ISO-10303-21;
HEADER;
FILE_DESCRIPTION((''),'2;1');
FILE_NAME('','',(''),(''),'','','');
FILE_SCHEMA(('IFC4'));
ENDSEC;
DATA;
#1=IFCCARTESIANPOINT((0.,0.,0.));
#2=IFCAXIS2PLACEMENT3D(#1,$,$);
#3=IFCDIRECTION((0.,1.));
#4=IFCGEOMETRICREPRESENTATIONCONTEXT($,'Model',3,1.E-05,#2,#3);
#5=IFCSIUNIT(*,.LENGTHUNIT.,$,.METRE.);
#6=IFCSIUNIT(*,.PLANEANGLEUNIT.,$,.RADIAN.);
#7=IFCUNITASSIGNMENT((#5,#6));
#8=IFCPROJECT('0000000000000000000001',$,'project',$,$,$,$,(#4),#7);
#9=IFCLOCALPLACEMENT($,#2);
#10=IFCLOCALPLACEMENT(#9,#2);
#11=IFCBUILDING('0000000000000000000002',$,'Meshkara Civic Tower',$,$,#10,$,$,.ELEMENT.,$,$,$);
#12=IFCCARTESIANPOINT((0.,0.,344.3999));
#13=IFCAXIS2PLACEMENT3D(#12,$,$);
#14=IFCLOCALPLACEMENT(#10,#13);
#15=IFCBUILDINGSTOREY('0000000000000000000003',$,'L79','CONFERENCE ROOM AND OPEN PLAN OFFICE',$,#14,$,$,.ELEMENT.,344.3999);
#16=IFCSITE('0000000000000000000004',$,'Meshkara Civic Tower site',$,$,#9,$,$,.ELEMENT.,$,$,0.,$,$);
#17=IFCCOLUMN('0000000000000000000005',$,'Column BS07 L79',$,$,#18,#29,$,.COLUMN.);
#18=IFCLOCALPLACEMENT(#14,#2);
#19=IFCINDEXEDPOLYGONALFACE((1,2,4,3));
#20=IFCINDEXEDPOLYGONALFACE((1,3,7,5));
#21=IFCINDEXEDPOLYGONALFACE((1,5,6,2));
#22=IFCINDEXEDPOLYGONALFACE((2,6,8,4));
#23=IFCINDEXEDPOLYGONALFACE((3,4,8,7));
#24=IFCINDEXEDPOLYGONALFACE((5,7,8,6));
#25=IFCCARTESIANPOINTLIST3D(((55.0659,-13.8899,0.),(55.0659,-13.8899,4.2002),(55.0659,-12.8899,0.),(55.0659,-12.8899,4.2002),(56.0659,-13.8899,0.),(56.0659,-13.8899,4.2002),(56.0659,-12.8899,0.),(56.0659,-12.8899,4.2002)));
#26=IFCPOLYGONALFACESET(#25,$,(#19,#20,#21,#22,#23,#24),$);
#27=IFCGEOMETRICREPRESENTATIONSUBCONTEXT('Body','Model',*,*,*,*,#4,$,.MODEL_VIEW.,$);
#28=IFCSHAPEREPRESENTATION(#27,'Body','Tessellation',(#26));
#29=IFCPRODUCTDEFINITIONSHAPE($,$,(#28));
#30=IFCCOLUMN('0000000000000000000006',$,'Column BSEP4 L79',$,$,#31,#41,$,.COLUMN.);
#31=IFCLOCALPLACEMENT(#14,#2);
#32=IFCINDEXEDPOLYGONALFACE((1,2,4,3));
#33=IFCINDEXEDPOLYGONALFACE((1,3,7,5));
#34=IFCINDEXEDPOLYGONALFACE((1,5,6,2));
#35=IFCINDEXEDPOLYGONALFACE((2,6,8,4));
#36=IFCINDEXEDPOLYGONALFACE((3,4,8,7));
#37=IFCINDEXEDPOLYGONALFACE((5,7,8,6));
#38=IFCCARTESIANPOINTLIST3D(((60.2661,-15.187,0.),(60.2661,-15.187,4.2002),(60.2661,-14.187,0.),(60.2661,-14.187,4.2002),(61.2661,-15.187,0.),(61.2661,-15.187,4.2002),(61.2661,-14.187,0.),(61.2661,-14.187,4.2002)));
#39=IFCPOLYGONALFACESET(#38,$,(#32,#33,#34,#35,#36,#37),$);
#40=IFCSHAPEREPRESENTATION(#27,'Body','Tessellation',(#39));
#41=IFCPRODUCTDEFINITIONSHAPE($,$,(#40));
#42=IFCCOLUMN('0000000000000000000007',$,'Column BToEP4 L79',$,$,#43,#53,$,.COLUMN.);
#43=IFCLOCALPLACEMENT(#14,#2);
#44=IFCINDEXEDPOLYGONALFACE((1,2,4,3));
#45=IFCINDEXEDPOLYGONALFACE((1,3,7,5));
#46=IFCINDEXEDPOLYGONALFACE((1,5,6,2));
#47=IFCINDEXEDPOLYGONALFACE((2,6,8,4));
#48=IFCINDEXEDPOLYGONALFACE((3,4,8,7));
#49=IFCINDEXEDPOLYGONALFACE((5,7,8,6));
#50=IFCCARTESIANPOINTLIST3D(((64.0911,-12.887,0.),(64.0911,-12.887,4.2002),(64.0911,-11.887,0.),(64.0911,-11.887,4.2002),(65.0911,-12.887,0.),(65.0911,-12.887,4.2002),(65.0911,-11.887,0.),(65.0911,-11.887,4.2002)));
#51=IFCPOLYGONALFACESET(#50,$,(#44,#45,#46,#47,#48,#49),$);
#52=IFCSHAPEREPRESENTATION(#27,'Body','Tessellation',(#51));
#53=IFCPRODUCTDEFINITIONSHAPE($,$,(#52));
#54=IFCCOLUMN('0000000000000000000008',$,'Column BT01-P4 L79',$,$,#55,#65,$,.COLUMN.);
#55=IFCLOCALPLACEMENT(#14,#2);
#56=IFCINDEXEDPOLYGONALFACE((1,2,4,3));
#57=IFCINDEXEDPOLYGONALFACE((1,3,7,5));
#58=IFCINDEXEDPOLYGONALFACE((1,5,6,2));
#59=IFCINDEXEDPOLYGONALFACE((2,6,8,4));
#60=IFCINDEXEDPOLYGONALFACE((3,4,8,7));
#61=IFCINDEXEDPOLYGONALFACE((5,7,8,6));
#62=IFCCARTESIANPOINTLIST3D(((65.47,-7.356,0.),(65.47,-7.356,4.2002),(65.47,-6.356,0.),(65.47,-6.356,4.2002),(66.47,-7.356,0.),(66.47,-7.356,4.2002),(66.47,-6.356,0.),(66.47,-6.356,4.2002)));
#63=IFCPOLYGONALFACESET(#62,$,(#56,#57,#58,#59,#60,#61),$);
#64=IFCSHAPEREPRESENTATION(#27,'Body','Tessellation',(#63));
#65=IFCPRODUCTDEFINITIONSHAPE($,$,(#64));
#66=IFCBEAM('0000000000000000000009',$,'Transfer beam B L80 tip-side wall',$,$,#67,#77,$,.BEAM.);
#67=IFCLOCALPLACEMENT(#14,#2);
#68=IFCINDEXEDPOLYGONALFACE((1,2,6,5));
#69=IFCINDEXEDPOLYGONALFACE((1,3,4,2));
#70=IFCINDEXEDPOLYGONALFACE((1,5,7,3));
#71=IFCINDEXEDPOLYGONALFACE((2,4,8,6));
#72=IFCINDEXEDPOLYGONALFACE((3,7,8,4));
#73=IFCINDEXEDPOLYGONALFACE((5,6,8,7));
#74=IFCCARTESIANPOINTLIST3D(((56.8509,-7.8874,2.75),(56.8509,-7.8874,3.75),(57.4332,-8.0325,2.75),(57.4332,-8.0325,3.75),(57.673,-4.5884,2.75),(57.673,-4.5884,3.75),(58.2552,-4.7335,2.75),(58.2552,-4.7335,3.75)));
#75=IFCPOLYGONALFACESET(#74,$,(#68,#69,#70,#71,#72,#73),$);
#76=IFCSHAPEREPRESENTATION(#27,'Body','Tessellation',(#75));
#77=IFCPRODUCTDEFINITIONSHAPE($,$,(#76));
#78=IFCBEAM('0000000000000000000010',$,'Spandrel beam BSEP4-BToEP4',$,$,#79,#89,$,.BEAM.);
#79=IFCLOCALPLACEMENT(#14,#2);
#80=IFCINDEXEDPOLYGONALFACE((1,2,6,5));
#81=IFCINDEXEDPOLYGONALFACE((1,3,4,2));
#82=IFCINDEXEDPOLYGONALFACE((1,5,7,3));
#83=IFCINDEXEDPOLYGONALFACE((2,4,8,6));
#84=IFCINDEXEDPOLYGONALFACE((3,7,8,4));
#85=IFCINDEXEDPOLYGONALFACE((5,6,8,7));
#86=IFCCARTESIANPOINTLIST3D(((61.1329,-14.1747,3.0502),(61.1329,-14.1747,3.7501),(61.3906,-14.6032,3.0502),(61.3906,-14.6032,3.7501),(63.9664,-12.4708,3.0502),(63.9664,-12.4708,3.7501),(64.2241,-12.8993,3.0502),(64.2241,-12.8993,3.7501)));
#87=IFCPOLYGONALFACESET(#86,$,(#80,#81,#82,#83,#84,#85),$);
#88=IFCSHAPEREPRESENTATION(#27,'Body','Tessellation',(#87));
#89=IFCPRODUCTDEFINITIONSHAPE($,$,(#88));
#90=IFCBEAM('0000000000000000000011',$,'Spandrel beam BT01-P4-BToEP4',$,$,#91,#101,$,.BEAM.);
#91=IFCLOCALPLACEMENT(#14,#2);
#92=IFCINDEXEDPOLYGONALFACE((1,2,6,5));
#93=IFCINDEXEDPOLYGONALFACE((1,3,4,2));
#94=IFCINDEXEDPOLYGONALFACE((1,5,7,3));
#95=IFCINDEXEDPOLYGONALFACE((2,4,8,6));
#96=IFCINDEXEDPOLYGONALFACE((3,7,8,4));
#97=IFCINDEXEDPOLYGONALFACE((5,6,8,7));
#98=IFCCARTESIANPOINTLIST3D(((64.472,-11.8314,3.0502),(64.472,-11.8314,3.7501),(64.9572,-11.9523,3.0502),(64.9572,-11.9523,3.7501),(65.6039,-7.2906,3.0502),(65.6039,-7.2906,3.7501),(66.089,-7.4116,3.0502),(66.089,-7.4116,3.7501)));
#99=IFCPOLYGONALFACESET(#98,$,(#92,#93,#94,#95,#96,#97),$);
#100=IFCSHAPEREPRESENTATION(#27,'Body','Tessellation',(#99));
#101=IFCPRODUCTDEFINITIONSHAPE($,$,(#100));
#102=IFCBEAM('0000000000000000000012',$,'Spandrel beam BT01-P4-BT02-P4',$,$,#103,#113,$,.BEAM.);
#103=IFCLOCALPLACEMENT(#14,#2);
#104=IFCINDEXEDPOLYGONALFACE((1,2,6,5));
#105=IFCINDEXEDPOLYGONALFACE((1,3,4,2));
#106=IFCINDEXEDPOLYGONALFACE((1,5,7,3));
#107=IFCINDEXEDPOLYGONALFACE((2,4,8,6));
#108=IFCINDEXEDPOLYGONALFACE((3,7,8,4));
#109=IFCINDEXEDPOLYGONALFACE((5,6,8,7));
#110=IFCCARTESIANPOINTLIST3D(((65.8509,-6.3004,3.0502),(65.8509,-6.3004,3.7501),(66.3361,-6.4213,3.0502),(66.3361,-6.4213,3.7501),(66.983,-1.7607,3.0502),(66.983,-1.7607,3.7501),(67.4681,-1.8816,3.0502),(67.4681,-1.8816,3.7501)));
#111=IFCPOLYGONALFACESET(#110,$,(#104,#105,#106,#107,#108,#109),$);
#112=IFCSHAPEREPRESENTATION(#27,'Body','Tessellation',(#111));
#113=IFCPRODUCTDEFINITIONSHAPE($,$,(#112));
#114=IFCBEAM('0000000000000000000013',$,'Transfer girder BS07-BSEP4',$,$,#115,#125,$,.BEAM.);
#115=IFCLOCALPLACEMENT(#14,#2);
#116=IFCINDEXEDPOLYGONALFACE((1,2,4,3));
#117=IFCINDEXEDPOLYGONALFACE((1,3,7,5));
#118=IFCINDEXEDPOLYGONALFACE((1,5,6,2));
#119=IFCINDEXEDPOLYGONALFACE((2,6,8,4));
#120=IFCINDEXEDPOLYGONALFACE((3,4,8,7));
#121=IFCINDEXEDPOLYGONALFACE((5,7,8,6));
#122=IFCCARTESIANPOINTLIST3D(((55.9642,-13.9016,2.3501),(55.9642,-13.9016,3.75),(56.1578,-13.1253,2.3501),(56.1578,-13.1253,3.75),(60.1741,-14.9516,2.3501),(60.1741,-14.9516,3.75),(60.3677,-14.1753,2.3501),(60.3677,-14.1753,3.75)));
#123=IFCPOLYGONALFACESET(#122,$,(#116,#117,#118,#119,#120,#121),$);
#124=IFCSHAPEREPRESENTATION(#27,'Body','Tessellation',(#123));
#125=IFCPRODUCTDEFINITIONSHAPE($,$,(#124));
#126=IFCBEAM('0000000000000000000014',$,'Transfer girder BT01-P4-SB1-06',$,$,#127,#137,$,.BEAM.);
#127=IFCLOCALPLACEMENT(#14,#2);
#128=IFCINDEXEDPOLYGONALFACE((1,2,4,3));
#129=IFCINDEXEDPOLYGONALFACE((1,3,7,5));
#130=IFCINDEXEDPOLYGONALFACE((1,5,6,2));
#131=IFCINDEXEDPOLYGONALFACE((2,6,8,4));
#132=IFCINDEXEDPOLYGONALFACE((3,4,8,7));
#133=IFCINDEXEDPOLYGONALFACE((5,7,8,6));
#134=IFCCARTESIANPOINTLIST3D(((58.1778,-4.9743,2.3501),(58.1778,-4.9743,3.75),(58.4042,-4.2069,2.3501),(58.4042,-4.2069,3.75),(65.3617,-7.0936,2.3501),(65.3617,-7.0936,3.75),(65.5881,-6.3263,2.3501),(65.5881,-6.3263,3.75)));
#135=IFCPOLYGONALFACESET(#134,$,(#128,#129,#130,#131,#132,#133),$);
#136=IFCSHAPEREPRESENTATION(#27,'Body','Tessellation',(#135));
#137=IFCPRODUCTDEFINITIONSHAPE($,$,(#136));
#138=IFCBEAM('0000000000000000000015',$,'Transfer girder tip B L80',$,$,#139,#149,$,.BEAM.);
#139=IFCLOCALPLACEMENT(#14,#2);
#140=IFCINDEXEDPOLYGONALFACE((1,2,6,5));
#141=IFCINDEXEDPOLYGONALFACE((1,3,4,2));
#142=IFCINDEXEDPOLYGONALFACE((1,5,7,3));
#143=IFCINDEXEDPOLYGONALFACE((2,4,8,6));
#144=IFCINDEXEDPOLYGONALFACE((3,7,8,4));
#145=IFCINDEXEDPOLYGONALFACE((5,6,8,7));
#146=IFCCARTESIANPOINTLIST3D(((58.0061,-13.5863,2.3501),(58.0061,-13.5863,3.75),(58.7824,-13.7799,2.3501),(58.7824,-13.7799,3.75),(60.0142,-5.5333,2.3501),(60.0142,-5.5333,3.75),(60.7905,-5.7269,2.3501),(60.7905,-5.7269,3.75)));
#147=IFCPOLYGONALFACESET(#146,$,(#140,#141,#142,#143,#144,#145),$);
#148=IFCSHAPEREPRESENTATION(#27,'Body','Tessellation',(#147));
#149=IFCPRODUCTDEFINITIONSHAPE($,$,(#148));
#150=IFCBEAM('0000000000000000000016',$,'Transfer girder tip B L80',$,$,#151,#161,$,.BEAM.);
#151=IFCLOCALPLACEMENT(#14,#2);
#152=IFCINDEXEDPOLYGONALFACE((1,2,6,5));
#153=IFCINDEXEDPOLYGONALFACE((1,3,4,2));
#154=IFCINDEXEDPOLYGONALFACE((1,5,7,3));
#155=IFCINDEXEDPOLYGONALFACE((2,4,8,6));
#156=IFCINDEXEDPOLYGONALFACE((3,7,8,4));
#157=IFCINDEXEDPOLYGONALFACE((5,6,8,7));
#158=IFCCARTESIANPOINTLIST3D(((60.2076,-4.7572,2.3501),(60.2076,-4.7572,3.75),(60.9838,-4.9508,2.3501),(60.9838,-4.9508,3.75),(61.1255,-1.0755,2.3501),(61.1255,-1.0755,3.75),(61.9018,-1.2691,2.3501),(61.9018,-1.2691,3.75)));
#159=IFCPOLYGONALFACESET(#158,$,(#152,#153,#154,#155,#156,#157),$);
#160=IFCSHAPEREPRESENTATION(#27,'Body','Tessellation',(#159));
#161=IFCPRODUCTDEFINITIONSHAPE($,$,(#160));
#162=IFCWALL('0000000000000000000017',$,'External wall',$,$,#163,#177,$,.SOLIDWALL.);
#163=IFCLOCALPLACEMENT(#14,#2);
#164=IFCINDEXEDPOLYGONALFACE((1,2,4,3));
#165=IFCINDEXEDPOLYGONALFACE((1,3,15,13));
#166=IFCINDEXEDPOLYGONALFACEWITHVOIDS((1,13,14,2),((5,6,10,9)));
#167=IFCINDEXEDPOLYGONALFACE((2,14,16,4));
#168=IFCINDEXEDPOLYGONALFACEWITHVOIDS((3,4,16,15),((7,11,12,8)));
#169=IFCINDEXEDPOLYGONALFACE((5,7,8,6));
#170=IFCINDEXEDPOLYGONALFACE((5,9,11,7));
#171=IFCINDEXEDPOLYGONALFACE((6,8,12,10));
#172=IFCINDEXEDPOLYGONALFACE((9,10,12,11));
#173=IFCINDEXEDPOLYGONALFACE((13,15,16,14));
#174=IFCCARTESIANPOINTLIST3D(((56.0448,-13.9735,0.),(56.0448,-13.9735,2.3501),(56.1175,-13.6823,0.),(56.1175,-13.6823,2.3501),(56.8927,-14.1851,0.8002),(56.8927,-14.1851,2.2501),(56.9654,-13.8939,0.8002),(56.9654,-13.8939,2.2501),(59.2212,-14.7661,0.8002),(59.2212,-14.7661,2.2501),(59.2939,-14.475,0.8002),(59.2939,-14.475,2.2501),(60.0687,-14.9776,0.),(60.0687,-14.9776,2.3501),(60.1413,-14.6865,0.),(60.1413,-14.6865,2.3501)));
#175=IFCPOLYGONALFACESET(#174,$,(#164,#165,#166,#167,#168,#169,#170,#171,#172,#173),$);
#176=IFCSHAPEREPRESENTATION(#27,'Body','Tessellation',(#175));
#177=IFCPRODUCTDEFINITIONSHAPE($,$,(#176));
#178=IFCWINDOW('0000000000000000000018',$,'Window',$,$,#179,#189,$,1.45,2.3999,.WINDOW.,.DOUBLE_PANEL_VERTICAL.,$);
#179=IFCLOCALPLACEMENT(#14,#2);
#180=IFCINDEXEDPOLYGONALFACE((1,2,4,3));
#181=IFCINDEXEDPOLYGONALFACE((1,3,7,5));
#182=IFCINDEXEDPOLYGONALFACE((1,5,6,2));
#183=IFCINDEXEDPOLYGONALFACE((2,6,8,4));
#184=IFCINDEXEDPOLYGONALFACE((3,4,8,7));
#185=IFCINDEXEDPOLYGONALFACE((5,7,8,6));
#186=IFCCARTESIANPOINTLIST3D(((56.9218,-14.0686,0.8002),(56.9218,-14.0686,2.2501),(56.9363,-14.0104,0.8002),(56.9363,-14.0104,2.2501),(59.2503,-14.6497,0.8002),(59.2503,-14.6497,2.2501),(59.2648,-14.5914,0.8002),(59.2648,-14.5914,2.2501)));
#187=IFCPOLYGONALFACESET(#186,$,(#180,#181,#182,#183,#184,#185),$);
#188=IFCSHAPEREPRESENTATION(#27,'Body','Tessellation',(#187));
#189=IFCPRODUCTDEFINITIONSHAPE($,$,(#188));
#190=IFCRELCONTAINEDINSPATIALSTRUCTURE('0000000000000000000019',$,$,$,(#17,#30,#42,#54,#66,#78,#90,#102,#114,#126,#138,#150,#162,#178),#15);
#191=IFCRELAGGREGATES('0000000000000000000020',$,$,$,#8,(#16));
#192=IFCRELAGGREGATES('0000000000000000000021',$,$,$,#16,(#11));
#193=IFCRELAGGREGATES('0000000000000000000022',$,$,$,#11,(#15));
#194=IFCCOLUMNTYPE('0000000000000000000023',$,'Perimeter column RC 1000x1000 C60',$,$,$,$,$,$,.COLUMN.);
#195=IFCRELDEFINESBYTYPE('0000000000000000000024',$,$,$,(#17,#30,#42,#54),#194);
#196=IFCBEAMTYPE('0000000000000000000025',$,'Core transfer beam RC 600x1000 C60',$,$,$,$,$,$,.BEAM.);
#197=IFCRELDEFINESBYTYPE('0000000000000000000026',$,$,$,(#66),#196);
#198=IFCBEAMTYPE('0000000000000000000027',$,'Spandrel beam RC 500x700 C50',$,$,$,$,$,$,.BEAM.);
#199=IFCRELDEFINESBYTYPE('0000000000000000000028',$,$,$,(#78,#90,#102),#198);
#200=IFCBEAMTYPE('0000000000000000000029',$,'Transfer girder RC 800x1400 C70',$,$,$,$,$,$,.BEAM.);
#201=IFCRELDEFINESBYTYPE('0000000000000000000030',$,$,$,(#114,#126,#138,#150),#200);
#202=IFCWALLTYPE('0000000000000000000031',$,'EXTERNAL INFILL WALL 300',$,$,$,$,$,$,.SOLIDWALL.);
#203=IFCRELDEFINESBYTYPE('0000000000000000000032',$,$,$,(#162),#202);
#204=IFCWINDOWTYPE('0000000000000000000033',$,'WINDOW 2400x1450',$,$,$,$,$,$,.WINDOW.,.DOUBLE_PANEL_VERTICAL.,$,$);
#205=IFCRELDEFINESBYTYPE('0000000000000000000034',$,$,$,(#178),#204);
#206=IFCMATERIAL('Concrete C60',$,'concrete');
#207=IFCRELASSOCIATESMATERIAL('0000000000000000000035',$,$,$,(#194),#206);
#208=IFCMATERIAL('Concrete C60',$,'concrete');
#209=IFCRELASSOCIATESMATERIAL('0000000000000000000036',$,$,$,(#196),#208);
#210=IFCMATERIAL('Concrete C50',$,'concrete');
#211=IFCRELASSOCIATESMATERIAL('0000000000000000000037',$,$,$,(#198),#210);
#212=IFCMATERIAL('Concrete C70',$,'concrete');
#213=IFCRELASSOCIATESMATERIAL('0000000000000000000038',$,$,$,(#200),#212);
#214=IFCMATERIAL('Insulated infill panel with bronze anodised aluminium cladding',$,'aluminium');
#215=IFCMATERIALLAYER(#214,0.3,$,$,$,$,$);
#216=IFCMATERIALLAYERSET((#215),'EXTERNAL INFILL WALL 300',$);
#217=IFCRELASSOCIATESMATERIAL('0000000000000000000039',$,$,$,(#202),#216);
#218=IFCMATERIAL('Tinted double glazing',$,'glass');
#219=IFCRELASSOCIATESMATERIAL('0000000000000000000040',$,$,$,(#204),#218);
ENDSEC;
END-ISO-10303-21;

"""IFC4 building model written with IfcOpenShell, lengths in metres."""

from ifc_helpers import new_model, si_unit, direction, frame, frame_2d, origin, origin_2d, place, context, subcontext, project, spatial, rectangle, extrude, material, layer, layer_set, material_profile, profile_set, type_object, element, fill, save


model = new_model("IFC4")

# Units and contexts
model_context = context("Model", 3, precision=1e-05, world=origin(), true_north=direction((0.0, 1.0)))
body_context = subcontext(model_context, "Body", "Model", "MODEL_VIEW")
ifc_project = project(units=[si_unit("LENGTHUNIT", "METRE"), si_unit("PLANEANGLEUNIT", "RADIAN")], contexts=[model_context])

# Site, building, storey
site_placement = place(None, origin())
site = spatial("IfcSite", under=ifc_project, at=site_placement, Name="Meshkara Civic Tower site", CompositionType="ELEMENT", RefElevation=0.0)
building_placement = place(site_placement, origin())
building = spatial("IfcBuilding", under=site, at=building_placement, Name="Meshkara Civic Tower", CompositionType="ELEMENT")
storey_placement = place(building_placement, frame((0.0, 0.0, 344.3999)))
storey = spatial("IfcBuildingStorey", under=building, at=storey_placement, Name="L79", Description="CONFERENCE ROOM AND OPEN PLAN OFFICE", CompositionType="ELEMENT", Elevation=344.3999)

# Columns
ifc_material_1 = material(Name="Concrete C60", Category="concrete")
ifc_material_profile_1 = material_profile(ifc_material_1, rectangle(XDim=1.0, YDim=1.0, at=origin_2d()))
ifc_profile_set_1 = profile_set([ifc_material_profile_1], Name="Concrete C60")
column_type = type_object("IfcColumnType", Name="Perimeter column RC 1000x1000 C60", PredefinedType="COLUMN", material=ifc_profile_set_1)
for number, where, z_axis, x_axis, name in (
    (1, (55.5659, -13.3899, 0.0), (0.0, 0.0, 1.0), (1.0, 0.0, 0.0), "Column BS07 L79"),
    (2, (60.7661, -14.687, 0.0), (0.0, 0.0, 1.0), (1.0, 0.0, 0.0), "Column BSEP4 L79"),
    (3, (64.5911, -12.387, 0.0), (0.0, 0.0, 1.0), (1.0, 0.0, 0.0), "Column BToEP4 L79"),
    (4, (65.97, -6.856, 0.0), (0.0, 0.0, 1.0), (1.0, 0.0, 0.0), "Column BT01-P4 L79"),
):
    element("IfcColumn", number, at=place(storey_placement, frame(where, z_axis=z_axis, x_axis=x_axis)), inside=storey, type_object=column_type, Name=name, PredefinedType="COLUMN", context=body_context, shape_type="SweptSolid", body=[
        extrude(rectangle(XDim=1.0, YDim=1.0, at=origin_2d()), origin(), (0.0, 0.0, 1.0), 4.2002),
    ])

# Beams
ifc_material_2 = material(Name="Concrete C60", Category="concrete")
ifc_material_profile_2 = material_profile(ifc_material_2, rectangle(XDim=0.6001, YDim=1.0, at=origin_2d()))
ifc_profile_set_2 = profile_set([ifc_material_profile_2], Name="Concrete C60")
beam_type_1 = type_object("IfcBeamType", Name="Core transfer beam RC 600x1000 C60", PredefinedType="BEAM", material=ifc_profile_set_2)
beam_1_placement = place(storey_placement, frame((57.1421, -7.96, 3.25), z_axis=(0.241775, 0.970332, 0.0), x_axis=(-0.970332, 0.241775, 0.0)))
element("IfcBeam", 5, at=beam_1_placement, inside=storey, type_object=beam_type_1, Name="Transfer beam B L80 tip-side wall", PredefinedType="BEAM", context=body_context, shape_type="SweptSolid", body=[
    extrude(rectangle(XDim=0.6001, YDim=1.0, at=origin_2d()), origin(), (0.0, 0.0, 1.0), 3.3999),
])
ifc_material_3 = material(Name="Concrete C50", Category="concrete")
ifc_material_profile_3 = material_profile(ifc_material_3, rectangle(XDim=0.5, YDim=0.7, at=origin_2d()))
ifc_profile_set_3 = profile_set([ifc_material_profile_3], Name="Concrete C50")
beam_type_2 = type_object("IfcBeamType", Name="Spandrel beam RC 500x700 C50", PredefinedType="BEAM", material=ifc_profile_set_3)
beam_2_placement = place(storey_placement, frame((61.2617, -14.3889, 3.4001), z_axis=(0.856991, 0.515332, 0.0), x_axis=(-0.515332, 0.856991, 0.0)))
element("IfcBeam", 6, at=beam_2_placement, inside=storey, type_object=beam_type_2, Name="Spandrel beam BSEP4-BToEP4", PredefinedType="BEAM", context=body_context, shape_type="SweptSolid", body=[
    extrude(rectangle(XDim=0.5, YDim=0.7, at=origin_2d()), origin(), (0.0, 0.0, 1.0), 3.3064),
])
beam_3_placement = place(storey_placement, frame((64.7146, -11.8918, 3.4001), z_axis=(0.24186, 0.970311, 0.0), x_axis=(-0.970311, 0.24186, 0.0)))
element("IfcBeam", 7, at=beam_3_placement, inside=storey, type_object=beam_type_2, Name="Spandrel beam BT01-P4-BToEP4", PredefinedType="BEAM", context=body_context, shape_type="SweptSolid", body=[
    extrude(rectangle(XDim=0.5, YDim=0.7, at=origin_2d()), origin(), (0.0, 0.0, 1.0), 4.6797),
])
beam_4_placement = place(storey_placement, frame((66.0935, -6.3608, 3.4001), z_axis=(0.241959, 0.970287, 0.0), x_axis=(-0.970287, 0.241959, 0.0)))
element("IfcBeam", 8, at=beam_4_placement, inside=storey, type_object=beam_type_2, Name="Spandrel beam BT01-P4-BT02-P4", PredefinedType="BEAM", context=body_context, shape_type="SweptSolid", body=[
    extrude(rectangle(XDim=0.5, YDim=0.7, at=origin_2d()), origin(), (0.0, 0.0, 1.0), 4.6787),
])
ifc_material_4 = material(Name="Concrete C70", Category="concrete")
ifc_material_profile_4 = material_profile(ifc_material_4, rectangle(XDim=0.8, YDim=1.3999, at=origin_2d()))
ifc_profile_set_4 = profile_set([ifc_material_profile_4], Name="Concrete C70")
beam_type_3 = type_object("IfcBeamType", Name="Transfer girder RC 800x1400 C70", PredefinedType="BEAM", material=ifc_profile_set_4)
beam_5_placement = place(storey_placement, frame((56.061, -13.5134, 3.05), z_axis=(0.970275, -0.242006, 0.0), x_axis=(0.242006, 0.970275, 0.0)))
element("IfcBeam", 9, at=beam_5_placement, inside=storey, type_object=beam_type_3, Name="Transfer girder BS07-BSEP4", PredefinedType="BEAM", context=body_context, shape_type="SweptSolid", body=[
    extrude(rectangle(XDim=0.8, YDim=1.3999, at=origin_2d()), origin(), (0.0, 0.0, 1.0), 4.3389),
])
beam_6_placement = place(storey_placement, frame((58.291, -4.5906, 3.05), z_axis=(0.959131, -0.282964, 0.0), x_axis=(0.282964, 0.959131, 0.0)))
element("IfcBeam", 10, at=beam_6_placement, inside=storey, type_object=beam_type_3, Name="Transfer girder BT01-P4-SB1-06", PredefinedType="BEAM", context=body_context, shape_type="SweptSolid", body=[
    extrude(rectangle(XDim=0.8, YDim=1.3999, at=origin_2d()), origin(), (0.0, 0.0, 1.0), 7.49),
])
beam_7_placement = place(storey_placement, frame((58.3943, -13.6831, 3.05), z_axis=(0.241947, 0.970289, 0.0), x_axis=(-0.970289, 0.241947, 0.0)))
element("IfcBeam", 11, at=beam_7_placement, inside=storey, type_object=beam_type_3, Name="Transfer girder tip B L80", PredefinedType="BEAM", context=body_context, shape_type="SweptSolid", body=[
    extrude(rectangle(XDim=0.8, YDim=1.3999, at=origin_2d()), origin(), (0.0, 0.0, 1.0), 8.2996),
])
beam_8_placement = place(storey_placement, frame((60.5957, -4.854, 3.05), z_axis=(0.24193, 0.970294, 0.0), x_axis=(-0.970294, 0.24193, 0.0)))
element("IfcBeam", 12, at=beam_8_placement, inside=storey, type_object=beam_type_3, Name="Transfer girder tip B L80", PredefinedType="BEAM", context=body_context, shape_type="SweptSolid", body=[
    extrude(rectangle(XDim=0.8, YDim=1.3999, at=origin_2d()), origin(), (0.0, 0.0, 1.0), 3.7944),
])

# Wall, opening, window
ifc_material_5 = material(Name="Insulated infill panel with bronze anodised aluminium cladding", Category="aluminium")
ifc_layer_1 = layer(ifc_material_5, 0.3)
ifc_layer_set_1 = layer_set([ifc_layer_1], Name="EXTERNAL INFILL WALL 300")
wall_type_1 = type_object("IfcWallType", Name="EXTERNAL INFILL WALL 300", PredefinedType="SOLIDWALL", material=ifc_layer_set_1)
wall_1_placement = place(storey_placement, frame((56.0811, -13.8279, 0.0), z_axis=(0.0, 0.0, 1.0), x_axis=(0.970246, -0.24212, 0.0)))
wall_1 = element("IfcWall", 13, at=wall_1_placement, inside=storey, type_object=wall_type_1, Name="External wall", PredefinedType="SOLIDWALL", context=body_context, shape_type="SweptSolid", body=[
    extrude(rectangle(XDim=4.1472, YDim=0.3, at=frame_2d((2.0737, 0.0))), origin(), (0.0, 0.0, 1.0), 2.3501),
])
opening_1_placement = place(wall_1_placement, frame((0.874, 0.0, 0.8)))
opening_1 = element("IfcOpeningElement", 14, at=opening_1_placement, cuts=wall_1, PredefinedType="OPENING", context=body_context, shape_type="SweptSolid", body=[
    extrude(rectangle(XDim=2.3999, YDim=1.45, at=frame_2d((1.2, 0.7251))), frame((0.0, 0.1599, 0.0), z_axis=(0.0, -1.0, 0.0), x_axis=(1.0, 0.0, 0.0)), (0.0, 0.0, 1.0), 0.3201),
])
ifc_material_6 = material(Name="Tinted double glazing", Category="glass")
window_type = type_object("IfcWindowType", Name="WINDOW 2400x1450", PartitioningType="DOUBLE_PANEL_VERTICAL", PredefinedType="WINDOW", material=ifc_material_6)
window_1_placement = place(opening_1_placement, origin())
window_1 = element("IfcWindow", 15, at=window_1_placement, inside=storey, type_object=window_type, Name="Window", OverallHeight=1.45, OverallWidth=2.3999, PartitioningType="DOUBLE_PANEL_VERTICAL", PredefinedType="WINDOW", context=body_context, shape_type="SweptSolid", body=[
    extrude(rectangle(XDim=2.3999, YDim=1.45, at=frame_2d((1.2, 0.7251))), frame((0.0, 0.03, 0.0), z_axis=(0.0, -1.0, 0.0), x_axis=(1.0, 0.0, 0.0)), (0.0, 0.0, 1.0), 0.0601),
])
fill(opening_1, window_1)

save(model, "model.ifc")
